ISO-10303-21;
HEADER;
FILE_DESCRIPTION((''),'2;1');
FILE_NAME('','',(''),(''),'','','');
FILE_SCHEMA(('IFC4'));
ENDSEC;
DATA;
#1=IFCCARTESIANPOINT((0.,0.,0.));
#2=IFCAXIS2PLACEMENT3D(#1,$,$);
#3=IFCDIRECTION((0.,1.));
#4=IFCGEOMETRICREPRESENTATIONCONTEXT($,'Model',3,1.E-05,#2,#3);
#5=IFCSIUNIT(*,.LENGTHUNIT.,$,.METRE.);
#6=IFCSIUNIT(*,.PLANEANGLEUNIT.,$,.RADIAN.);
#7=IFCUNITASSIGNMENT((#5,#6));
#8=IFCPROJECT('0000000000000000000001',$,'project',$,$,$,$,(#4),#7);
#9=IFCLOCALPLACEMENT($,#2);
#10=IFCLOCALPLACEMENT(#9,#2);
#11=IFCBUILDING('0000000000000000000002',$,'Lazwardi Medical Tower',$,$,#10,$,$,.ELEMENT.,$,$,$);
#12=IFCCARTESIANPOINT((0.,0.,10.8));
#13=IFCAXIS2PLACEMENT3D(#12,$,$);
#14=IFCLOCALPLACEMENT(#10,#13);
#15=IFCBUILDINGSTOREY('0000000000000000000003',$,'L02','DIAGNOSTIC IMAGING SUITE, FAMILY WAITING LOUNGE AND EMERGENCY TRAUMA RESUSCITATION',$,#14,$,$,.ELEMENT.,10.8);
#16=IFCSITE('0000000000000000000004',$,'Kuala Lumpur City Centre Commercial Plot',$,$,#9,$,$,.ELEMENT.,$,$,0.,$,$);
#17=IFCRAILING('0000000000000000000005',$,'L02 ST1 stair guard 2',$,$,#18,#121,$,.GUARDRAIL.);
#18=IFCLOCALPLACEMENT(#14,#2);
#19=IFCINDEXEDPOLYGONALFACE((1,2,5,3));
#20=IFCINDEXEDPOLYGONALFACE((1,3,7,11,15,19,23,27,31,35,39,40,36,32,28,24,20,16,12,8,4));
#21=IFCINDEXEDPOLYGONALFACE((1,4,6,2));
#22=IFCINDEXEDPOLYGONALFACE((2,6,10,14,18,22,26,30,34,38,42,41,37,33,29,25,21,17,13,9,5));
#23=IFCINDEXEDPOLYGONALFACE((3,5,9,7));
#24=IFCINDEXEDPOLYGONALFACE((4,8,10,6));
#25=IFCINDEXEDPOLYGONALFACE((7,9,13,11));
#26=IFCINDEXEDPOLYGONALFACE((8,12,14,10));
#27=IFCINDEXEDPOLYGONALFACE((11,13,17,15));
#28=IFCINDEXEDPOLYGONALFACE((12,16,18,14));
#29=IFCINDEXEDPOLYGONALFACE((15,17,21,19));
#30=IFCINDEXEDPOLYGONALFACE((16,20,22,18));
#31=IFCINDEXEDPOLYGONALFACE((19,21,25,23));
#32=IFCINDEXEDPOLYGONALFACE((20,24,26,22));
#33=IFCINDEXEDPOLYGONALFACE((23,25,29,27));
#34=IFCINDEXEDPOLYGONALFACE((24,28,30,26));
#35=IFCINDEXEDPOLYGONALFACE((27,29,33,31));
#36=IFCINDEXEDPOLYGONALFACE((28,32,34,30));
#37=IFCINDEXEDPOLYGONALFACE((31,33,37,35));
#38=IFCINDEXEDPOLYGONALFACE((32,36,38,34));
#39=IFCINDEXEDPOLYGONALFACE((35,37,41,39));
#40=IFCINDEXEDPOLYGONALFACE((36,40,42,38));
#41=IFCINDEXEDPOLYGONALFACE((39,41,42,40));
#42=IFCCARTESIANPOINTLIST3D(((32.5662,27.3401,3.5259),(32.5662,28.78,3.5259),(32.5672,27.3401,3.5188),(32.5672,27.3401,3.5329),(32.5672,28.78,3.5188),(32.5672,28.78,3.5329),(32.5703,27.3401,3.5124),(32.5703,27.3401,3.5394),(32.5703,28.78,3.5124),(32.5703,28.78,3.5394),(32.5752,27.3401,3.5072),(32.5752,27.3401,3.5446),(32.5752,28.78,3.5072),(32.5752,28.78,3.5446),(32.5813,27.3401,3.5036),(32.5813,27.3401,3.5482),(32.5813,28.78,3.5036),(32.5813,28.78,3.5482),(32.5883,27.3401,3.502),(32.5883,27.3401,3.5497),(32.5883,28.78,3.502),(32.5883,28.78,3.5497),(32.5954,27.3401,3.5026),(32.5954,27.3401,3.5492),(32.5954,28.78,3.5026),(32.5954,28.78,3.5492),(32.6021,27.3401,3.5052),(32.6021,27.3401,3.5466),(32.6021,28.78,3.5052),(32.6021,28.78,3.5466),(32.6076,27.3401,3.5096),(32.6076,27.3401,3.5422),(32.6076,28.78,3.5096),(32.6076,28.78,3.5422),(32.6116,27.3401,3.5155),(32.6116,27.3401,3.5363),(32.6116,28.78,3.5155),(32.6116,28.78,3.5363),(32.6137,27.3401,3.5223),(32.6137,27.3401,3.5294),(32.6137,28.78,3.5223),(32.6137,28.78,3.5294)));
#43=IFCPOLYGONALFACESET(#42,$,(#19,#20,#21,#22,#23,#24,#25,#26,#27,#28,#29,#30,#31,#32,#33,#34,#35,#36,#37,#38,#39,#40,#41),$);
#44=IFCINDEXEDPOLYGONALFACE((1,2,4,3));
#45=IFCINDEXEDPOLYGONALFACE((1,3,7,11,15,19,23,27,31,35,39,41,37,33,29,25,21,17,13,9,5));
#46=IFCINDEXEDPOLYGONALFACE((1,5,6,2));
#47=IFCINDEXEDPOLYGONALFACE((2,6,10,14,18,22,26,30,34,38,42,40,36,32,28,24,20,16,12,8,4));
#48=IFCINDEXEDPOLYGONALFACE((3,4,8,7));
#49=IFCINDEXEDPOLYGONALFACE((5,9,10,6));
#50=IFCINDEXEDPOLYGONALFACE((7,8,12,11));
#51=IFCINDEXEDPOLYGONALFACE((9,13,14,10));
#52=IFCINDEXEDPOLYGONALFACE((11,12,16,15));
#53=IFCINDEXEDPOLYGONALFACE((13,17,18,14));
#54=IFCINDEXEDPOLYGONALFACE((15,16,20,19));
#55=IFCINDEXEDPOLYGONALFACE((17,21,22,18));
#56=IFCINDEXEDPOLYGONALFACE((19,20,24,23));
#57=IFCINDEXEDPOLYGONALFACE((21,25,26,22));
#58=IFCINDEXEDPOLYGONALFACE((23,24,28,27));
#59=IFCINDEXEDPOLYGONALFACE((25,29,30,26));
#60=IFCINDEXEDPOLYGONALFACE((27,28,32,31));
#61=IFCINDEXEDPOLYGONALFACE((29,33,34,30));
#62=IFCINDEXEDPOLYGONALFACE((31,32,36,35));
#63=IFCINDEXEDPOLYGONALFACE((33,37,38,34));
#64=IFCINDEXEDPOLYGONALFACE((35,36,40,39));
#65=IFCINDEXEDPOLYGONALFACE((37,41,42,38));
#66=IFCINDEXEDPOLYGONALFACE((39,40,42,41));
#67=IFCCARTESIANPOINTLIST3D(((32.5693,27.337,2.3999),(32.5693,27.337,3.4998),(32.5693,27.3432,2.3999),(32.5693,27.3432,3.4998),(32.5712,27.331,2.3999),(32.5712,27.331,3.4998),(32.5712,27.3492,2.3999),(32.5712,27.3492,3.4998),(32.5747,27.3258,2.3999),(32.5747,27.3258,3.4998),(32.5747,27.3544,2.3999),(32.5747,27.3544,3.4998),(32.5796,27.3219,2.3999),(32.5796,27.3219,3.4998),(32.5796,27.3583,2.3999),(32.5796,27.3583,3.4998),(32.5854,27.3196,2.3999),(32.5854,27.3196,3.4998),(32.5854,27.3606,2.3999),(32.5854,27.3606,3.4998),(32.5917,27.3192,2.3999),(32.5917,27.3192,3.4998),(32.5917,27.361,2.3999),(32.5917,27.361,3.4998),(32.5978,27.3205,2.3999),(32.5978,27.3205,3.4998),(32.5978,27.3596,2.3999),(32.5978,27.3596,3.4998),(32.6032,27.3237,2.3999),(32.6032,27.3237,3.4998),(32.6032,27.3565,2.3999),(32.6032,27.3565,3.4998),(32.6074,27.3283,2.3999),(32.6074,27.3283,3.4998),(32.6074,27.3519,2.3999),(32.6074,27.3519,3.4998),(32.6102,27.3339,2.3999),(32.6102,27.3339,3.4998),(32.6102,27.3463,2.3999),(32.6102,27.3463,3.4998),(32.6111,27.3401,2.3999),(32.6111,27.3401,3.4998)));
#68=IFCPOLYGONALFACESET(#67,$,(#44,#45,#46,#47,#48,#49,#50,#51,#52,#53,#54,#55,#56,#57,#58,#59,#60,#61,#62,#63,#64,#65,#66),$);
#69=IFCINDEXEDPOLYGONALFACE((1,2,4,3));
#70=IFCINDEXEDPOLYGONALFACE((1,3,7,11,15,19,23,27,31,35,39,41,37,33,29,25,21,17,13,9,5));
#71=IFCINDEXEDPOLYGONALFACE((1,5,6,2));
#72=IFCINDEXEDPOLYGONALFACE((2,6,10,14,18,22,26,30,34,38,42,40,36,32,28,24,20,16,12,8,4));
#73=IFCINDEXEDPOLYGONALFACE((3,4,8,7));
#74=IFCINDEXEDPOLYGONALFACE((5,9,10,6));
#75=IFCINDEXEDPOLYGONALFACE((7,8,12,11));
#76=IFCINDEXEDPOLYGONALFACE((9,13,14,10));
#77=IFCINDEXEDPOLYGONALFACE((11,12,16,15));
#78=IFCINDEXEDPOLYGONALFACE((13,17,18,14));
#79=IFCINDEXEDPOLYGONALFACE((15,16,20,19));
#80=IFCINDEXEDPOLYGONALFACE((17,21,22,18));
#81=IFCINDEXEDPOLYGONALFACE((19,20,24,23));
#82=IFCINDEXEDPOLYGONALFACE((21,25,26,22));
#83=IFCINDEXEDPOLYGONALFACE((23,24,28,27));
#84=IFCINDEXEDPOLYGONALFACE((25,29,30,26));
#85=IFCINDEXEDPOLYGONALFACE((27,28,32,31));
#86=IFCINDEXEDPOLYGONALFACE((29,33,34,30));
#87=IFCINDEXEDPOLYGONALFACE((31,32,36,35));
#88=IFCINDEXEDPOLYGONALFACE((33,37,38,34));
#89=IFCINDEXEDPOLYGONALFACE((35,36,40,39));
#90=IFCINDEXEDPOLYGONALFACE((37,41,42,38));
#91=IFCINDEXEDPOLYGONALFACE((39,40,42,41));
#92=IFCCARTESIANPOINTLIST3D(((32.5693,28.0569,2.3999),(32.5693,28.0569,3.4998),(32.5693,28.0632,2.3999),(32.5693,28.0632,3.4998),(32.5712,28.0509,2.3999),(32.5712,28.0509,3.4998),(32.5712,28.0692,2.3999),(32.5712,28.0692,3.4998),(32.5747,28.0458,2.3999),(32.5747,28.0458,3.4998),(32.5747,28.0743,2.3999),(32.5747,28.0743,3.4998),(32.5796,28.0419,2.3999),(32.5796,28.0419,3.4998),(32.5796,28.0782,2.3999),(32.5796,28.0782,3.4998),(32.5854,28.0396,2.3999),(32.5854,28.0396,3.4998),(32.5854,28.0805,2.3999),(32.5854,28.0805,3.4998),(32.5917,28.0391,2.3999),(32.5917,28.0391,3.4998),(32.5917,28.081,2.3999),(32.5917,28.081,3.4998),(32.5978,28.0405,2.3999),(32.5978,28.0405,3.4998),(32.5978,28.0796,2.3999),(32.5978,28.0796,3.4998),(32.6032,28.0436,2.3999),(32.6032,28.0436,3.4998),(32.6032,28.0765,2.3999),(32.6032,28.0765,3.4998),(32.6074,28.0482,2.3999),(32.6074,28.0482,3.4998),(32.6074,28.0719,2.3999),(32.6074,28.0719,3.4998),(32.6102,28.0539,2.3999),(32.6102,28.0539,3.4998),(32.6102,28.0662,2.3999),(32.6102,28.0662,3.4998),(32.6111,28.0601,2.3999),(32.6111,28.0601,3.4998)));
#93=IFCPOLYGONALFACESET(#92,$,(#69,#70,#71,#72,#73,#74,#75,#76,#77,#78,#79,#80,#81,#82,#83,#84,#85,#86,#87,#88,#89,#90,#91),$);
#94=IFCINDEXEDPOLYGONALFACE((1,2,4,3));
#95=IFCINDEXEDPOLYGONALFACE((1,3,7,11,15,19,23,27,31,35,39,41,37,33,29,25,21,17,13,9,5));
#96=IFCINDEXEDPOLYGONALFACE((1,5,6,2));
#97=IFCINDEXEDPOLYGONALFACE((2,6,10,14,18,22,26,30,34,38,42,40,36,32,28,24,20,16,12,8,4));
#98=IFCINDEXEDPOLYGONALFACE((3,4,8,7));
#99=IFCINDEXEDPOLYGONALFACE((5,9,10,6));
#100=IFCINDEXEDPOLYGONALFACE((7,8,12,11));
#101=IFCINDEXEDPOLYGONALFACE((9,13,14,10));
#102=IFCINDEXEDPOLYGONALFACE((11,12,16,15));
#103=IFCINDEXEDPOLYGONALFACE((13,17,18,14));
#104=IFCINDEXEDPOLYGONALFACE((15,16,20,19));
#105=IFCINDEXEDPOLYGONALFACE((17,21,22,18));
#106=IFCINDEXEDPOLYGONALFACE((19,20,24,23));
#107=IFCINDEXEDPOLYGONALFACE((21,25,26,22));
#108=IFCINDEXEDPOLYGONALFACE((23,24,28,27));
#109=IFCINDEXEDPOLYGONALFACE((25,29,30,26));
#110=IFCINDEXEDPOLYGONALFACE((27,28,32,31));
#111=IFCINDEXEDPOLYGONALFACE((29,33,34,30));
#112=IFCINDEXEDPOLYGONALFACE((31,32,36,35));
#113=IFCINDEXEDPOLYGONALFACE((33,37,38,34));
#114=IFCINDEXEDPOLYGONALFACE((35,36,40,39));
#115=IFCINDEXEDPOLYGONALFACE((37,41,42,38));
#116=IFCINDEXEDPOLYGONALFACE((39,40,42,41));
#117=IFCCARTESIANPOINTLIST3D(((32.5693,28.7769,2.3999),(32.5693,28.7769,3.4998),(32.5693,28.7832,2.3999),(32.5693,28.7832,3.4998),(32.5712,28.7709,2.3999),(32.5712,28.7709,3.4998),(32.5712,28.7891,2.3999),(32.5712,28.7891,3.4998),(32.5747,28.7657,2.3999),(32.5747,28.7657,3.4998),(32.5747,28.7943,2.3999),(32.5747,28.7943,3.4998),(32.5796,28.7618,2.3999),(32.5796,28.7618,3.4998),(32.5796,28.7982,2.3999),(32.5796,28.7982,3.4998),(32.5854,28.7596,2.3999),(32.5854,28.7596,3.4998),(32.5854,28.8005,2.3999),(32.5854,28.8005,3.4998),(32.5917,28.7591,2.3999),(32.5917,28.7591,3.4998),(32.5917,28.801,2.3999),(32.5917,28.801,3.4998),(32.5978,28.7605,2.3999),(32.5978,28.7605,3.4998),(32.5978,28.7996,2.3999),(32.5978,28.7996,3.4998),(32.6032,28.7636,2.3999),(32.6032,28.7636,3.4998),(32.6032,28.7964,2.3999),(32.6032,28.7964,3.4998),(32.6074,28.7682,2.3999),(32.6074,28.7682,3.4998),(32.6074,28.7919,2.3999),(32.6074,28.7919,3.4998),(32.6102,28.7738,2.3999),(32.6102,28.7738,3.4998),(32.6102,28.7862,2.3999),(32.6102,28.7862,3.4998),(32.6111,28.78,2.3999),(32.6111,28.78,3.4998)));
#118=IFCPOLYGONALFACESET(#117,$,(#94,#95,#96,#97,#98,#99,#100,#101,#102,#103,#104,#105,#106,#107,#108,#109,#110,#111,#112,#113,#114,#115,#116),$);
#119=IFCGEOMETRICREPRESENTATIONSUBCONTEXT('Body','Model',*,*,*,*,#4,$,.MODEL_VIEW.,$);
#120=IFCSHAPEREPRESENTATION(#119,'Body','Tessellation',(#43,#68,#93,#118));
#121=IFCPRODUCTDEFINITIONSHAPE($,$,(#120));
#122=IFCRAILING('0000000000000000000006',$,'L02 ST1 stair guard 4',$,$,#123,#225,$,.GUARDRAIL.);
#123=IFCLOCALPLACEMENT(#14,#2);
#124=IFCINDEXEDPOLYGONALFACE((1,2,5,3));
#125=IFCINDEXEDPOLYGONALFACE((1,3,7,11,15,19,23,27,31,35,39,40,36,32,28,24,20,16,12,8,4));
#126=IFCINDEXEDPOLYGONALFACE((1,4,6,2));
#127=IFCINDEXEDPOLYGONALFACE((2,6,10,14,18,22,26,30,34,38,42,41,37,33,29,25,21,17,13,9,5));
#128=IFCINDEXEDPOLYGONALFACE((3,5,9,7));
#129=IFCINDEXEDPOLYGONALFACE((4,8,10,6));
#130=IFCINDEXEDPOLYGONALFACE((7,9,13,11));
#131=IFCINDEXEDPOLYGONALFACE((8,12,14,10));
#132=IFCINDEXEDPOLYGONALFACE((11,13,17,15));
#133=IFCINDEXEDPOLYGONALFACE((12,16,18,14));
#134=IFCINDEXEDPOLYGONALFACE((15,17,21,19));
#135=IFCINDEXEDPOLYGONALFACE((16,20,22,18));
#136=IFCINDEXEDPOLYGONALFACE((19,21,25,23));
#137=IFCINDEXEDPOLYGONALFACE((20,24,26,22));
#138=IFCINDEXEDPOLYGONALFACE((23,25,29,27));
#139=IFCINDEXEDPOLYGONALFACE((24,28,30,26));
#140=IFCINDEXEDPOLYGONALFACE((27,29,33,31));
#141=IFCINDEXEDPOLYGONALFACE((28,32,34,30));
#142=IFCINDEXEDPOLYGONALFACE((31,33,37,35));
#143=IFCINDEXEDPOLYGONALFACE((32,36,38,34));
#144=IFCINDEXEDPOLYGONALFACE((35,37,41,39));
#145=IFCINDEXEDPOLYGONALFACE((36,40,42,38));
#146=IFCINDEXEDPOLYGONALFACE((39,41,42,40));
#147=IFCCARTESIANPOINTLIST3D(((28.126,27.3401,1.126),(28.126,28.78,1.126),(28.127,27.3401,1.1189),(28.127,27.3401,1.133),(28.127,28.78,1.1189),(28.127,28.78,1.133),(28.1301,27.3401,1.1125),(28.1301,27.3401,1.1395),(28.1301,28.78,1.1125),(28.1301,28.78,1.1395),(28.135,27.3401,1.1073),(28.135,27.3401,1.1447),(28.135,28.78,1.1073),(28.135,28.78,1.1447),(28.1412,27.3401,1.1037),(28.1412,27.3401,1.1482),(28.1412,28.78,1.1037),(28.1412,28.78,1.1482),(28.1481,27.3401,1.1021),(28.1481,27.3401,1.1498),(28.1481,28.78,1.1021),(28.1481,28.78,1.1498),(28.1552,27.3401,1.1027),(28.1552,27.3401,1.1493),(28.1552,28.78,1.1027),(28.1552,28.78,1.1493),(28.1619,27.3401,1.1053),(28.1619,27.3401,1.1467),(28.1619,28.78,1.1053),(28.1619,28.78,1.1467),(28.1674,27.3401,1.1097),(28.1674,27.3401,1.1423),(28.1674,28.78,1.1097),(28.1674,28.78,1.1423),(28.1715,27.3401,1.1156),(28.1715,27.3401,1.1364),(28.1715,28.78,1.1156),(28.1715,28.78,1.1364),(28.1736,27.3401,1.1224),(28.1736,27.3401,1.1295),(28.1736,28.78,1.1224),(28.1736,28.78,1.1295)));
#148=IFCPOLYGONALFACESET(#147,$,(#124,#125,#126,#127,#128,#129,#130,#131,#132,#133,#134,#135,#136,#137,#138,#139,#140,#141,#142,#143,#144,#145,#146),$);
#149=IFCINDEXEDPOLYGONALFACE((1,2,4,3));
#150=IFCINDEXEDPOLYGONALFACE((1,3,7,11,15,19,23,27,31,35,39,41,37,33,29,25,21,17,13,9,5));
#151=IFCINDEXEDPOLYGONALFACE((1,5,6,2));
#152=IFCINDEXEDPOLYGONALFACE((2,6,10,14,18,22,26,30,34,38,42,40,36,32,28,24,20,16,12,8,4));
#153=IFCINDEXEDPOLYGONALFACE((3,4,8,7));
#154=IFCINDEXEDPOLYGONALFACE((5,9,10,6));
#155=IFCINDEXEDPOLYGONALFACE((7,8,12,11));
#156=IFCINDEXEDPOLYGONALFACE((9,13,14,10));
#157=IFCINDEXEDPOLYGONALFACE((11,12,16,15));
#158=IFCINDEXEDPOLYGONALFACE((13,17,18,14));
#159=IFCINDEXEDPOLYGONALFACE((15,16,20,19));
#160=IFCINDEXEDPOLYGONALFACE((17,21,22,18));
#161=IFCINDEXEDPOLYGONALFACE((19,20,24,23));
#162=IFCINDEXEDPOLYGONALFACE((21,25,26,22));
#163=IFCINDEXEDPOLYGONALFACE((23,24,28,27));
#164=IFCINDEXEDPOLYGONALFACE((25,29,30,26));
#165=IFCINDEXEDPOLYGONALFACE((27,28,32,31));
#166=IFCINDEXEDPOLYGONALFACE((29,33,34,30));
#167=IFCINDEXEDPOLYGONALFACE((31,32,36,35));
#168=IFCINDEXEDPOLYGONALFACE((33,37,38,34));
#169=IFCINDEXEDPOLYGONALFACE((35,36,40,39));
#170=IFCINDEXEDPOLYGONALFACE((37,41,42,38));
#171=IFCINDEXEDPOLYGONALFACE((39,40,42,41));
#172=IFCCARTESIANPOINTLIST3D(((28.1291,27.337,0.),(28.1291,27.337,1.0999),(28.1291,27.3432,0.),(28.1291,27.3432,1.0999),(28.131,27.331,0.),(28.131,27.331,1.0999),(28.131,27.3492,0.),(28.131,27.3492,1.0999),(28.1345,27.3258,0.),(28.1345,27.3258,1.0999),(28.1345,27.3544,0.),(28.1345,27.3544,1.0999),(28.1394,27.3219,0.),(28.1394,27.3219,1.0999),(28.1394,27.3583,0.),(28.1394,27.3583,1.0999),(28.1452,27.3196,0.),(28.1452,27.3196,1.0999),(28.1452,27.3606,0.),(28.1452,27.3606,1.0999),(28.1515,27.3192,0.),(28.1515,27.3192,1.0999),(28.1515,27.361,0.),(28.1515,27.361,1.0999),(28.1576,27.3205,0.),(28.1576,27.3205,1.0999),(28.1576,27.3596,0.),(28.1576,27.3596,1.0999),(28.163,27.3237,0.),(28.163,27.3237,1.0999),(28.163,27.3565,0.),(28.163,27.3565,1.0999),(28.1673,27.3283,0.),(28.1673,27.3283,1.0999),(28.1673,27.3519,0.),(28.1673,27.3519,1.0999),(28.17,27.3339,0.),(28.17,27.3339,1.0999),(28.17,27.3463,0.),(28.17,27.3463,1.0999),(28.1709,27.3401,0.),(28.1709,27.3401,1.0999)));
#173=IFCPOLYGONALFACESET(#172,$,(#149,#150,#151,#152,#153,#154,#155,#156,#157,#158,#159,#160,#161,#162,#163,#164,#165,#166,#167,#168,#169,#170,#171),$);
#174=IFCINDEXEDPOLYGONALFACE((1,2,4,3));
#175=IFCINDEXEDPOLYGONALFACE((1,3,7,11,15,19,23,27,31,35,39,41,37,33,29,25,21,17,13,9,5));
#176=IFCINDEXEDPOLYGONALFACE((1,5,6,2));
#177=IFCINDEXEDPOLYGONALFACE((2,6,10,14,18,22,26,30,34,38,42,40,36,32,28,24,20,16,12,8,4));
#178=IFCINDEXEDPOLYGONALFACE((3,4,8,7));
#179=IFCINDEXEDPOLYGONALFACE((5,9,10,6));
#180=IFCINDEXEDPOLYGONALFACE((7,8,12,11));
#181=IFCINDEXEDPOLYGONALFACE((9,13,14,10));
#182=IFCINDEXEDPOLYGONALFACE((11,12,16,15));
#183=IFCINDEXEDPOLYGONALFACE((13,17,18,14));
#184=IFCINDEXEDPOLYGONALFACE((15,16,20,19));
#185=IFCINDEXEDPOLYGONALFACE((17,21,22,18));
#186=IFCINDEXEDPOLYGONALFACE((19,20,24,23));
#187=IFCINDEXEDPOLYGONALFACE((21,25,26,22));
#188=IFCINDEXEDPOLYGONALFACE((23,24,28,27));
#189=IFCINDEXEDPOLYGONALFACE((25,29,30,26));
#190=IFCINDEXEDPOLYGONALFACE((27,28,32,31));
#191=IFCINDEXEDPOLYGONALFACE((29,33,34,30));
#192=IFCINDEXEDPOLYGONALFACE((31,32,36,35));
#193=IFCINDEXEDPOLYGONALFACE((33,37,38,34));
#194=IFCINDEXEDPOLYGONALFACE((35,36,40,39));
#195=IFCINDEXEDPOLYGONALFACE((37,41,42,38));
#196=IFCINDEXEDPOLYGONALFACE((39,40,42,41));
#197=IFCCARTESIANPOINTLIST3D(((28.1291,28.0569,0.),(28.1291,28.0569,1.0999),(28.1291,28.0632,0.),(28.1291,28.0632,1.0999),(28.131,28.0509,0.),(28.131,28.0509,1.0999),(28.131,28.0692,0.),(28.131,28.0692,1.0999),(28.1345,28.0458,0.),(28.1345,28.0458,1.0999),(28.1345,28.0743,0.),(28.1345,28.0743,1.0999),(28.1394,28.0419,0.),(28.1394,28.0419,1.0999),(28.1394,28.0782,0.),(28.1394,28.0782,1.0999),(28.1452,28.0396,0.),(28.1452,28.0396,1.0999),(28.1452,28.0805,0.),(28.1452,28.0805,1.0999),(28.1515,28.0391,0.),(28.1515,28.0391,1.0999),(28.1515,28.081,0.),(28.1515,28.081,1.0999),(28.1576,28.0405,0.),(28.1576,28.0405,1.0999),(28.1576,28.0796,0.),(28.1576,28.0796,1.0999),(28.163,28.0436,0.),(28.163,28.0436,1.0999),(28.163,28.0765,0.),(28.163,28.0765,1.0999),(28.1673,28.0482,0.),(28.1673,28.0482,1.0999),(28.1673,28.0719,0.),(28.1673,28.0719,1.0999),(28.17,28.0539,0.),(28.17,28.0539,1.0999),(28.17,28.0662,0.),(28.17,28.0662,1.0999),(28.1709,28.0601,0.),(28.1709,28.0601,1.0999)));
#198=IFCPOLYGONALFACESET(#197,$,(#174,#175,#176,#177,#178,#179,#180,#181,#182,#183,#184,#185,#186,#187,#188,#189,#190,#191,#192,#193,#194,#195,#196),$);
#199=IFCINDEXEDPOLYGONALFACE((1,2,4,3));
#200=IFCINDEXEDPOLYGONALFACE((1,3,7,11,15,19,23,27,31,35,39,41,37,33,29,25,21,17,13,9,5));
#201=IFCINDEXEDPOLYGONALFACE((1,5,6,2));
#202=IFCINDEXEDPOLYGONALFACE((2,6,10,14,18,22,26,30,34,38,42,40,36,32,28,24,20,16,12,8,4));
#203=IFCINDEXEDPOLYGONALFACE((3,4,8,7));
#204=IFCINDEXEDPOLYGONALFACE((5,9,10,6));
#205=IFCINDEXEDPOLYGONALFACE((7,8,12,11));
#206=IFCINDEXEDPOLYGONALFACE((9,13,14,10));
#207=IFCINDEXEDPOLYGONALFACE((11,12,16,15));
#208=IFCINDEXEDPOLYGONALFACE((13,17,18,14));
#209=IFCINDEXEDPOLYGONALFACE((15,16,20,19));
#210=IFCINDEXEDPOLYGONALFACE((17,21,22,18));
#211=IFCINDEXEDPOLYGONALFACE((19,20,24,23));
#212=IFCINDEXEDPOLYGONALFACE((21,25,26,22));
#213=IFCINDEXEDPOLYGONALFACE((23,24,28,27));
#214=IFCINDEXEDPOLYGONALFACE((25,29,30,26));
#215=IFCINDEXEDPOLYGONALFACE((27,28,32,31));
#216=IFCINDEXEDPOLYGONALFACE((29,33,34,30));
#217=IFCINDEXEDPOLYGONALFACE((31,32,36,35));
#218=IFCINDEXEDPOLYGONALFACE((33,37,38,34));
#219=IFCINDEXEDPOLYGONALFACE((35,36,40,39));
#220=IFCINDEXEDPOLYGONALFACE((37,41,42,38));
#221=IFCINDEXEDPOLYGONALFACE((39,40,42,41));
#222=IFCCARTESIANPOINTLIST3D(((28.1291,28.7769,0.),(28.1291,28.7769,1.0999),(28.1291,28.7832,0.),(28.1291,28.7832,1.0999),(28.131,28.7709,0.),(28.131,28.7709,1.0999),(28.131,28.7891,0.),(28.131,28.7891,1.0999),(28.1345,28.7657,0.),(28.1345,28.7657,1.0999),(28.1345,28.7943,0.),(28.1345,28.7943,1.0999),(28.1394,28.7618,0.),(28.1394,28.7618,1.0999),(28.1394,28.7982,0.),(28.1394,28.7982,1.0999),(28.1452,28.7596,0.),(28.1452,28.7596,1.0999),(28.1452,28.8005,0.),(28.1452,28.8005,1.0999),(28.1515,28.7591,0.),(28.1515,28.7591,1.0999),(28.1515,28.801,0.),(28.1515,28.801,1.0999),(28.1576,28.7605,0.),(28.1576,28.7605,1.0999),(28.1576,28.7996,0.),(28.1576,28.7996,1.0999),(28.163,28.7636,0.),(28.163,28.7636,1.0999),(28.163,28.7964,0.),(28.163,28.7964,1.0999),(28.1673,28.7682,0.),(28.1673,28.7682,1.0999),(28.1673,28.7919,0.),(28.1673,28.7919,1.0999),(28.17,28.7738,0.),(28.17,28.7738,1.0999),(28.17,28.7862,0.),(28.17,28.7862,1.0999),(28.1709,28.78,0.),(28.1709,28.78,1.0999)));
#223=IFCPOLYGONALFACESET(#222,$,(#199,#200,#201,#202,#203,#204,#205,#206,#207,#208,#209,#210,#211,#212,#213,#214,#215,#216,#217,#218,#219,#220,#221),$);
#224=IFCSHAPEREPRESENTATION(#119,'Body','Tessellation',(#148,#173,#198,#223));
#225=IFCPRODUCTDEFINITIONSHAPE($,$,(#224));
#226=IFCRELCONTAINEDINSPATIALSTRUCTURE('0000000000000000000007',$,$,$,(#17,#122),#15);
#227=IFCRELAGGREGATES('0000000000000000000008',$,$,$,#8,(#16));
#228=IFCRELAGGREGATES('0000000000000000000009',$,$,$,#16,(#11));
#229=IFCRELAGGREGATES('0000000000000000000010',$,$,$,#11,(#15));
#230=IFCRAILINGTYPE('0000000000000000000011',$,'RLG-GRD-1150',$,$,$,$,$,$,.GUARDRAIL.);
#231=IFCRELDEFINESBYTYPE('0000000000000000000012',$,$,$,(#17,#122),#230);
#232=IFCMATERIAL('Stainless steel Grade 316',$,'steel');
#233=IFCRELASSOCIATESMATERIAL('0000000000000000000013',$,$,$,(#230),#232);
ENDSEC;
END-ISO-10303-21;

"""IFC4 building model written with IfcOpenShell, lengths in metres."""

from ifc_helpers import new_model, si_unit, direction, frame, origin, origin_2d, place, context, subcontext, project, spatial, circle, extrude, material, type_object, element, save


model = new_model("IFC4")

# Units and contexts
model_context = context("Model", 3, precision=1e-05, world=origin(), true_north=direction((0.0, 1.0)))
body_context = subcontext(model_context, "Body", "Model", "MODEL_VIEW")
ifc_project = project(units=[si_unit("LENGTHUNIT", "METRE"), si_unit("PLANEANGLEUNIT", "RADIAN")], contexts=[model_context])

# Site, building, storey
site_placement = place(None, origin())
site = spatial("IfcSite", under=ifc_project, at=site_placement, Name="Kuala Lumpur City Centre Commercial Plot", CompositionType="ELEMENT", RefElevation=0.0)
building_placement = place(site_placement, origin())
building = spatial("IfcBuilding", under=site, at=building_placement, Name="Lazwardi Medical Tower", CompositionType="ELEMENT")
storey_placement = place(building_placement, frame((0.0, 0.0, 10.8)))
storey = spatial("IfcBuildingStorey", under=building, at=storey_placement, Name="L02", Description="DIAGNOSTIC IMAGING SUITE, FAMILY WAITING LOUNGE AND EMERGENCY TRAUMA RESUSCITATION", CompositionType="ELEMENT", Elevation=10.8)

# Railings
ifc_material_1 = material(Name="Stainless steel Grade 316", Category="steel")
railing_type_1 = type_object("IfcRailingType", Name="RLG-GRD-1150", PredefinedType="GUARDRAIL", material=ifc_material_1)
for number, where, name in (
    (1, (32.5901, 27.3401, 2.3999), "L02 ST1 stair guard 2"),
    (2, (28.1499, 27.3401, 0.0), "L02 ST1 stair guard 4"),
):
    element("IfcRailing", number, at=place(storey_placement, frame(where)), inside=storey, type_object=railing_type_1, Name=name, PredefinedType="GUARDRAIL", context=body_context, shape_type="SweptSolid", body=[
        extrude(circle(Radius=0.0239, at=origin_2d()), frame((0.0, 0.0, 1.126), z_axis=(0.0, 1.0, 0.0), x_axis=(-1.0, 0.0, 0.0)), (0.0, 0.0, 1.0), 1.4399),
        extrude(circle(Radius=0.021, at=origin_2d()), origin(), (0.0, 0.0, 1.0), 1.0999),
        extrude(circle(Radius=0.021, at=origin_2d()), frame((0.0, 0.72, 0.0)), (0.0, 0.0, 1.0), 1.0999),
        extrude(circle(Radius=0.021, at=origin_2d()), frame((0.0, 1.4399, 0.0)), (0.0, 0.0, 1.0), 1.0999),
    ])

save(model, "model.ifc")
